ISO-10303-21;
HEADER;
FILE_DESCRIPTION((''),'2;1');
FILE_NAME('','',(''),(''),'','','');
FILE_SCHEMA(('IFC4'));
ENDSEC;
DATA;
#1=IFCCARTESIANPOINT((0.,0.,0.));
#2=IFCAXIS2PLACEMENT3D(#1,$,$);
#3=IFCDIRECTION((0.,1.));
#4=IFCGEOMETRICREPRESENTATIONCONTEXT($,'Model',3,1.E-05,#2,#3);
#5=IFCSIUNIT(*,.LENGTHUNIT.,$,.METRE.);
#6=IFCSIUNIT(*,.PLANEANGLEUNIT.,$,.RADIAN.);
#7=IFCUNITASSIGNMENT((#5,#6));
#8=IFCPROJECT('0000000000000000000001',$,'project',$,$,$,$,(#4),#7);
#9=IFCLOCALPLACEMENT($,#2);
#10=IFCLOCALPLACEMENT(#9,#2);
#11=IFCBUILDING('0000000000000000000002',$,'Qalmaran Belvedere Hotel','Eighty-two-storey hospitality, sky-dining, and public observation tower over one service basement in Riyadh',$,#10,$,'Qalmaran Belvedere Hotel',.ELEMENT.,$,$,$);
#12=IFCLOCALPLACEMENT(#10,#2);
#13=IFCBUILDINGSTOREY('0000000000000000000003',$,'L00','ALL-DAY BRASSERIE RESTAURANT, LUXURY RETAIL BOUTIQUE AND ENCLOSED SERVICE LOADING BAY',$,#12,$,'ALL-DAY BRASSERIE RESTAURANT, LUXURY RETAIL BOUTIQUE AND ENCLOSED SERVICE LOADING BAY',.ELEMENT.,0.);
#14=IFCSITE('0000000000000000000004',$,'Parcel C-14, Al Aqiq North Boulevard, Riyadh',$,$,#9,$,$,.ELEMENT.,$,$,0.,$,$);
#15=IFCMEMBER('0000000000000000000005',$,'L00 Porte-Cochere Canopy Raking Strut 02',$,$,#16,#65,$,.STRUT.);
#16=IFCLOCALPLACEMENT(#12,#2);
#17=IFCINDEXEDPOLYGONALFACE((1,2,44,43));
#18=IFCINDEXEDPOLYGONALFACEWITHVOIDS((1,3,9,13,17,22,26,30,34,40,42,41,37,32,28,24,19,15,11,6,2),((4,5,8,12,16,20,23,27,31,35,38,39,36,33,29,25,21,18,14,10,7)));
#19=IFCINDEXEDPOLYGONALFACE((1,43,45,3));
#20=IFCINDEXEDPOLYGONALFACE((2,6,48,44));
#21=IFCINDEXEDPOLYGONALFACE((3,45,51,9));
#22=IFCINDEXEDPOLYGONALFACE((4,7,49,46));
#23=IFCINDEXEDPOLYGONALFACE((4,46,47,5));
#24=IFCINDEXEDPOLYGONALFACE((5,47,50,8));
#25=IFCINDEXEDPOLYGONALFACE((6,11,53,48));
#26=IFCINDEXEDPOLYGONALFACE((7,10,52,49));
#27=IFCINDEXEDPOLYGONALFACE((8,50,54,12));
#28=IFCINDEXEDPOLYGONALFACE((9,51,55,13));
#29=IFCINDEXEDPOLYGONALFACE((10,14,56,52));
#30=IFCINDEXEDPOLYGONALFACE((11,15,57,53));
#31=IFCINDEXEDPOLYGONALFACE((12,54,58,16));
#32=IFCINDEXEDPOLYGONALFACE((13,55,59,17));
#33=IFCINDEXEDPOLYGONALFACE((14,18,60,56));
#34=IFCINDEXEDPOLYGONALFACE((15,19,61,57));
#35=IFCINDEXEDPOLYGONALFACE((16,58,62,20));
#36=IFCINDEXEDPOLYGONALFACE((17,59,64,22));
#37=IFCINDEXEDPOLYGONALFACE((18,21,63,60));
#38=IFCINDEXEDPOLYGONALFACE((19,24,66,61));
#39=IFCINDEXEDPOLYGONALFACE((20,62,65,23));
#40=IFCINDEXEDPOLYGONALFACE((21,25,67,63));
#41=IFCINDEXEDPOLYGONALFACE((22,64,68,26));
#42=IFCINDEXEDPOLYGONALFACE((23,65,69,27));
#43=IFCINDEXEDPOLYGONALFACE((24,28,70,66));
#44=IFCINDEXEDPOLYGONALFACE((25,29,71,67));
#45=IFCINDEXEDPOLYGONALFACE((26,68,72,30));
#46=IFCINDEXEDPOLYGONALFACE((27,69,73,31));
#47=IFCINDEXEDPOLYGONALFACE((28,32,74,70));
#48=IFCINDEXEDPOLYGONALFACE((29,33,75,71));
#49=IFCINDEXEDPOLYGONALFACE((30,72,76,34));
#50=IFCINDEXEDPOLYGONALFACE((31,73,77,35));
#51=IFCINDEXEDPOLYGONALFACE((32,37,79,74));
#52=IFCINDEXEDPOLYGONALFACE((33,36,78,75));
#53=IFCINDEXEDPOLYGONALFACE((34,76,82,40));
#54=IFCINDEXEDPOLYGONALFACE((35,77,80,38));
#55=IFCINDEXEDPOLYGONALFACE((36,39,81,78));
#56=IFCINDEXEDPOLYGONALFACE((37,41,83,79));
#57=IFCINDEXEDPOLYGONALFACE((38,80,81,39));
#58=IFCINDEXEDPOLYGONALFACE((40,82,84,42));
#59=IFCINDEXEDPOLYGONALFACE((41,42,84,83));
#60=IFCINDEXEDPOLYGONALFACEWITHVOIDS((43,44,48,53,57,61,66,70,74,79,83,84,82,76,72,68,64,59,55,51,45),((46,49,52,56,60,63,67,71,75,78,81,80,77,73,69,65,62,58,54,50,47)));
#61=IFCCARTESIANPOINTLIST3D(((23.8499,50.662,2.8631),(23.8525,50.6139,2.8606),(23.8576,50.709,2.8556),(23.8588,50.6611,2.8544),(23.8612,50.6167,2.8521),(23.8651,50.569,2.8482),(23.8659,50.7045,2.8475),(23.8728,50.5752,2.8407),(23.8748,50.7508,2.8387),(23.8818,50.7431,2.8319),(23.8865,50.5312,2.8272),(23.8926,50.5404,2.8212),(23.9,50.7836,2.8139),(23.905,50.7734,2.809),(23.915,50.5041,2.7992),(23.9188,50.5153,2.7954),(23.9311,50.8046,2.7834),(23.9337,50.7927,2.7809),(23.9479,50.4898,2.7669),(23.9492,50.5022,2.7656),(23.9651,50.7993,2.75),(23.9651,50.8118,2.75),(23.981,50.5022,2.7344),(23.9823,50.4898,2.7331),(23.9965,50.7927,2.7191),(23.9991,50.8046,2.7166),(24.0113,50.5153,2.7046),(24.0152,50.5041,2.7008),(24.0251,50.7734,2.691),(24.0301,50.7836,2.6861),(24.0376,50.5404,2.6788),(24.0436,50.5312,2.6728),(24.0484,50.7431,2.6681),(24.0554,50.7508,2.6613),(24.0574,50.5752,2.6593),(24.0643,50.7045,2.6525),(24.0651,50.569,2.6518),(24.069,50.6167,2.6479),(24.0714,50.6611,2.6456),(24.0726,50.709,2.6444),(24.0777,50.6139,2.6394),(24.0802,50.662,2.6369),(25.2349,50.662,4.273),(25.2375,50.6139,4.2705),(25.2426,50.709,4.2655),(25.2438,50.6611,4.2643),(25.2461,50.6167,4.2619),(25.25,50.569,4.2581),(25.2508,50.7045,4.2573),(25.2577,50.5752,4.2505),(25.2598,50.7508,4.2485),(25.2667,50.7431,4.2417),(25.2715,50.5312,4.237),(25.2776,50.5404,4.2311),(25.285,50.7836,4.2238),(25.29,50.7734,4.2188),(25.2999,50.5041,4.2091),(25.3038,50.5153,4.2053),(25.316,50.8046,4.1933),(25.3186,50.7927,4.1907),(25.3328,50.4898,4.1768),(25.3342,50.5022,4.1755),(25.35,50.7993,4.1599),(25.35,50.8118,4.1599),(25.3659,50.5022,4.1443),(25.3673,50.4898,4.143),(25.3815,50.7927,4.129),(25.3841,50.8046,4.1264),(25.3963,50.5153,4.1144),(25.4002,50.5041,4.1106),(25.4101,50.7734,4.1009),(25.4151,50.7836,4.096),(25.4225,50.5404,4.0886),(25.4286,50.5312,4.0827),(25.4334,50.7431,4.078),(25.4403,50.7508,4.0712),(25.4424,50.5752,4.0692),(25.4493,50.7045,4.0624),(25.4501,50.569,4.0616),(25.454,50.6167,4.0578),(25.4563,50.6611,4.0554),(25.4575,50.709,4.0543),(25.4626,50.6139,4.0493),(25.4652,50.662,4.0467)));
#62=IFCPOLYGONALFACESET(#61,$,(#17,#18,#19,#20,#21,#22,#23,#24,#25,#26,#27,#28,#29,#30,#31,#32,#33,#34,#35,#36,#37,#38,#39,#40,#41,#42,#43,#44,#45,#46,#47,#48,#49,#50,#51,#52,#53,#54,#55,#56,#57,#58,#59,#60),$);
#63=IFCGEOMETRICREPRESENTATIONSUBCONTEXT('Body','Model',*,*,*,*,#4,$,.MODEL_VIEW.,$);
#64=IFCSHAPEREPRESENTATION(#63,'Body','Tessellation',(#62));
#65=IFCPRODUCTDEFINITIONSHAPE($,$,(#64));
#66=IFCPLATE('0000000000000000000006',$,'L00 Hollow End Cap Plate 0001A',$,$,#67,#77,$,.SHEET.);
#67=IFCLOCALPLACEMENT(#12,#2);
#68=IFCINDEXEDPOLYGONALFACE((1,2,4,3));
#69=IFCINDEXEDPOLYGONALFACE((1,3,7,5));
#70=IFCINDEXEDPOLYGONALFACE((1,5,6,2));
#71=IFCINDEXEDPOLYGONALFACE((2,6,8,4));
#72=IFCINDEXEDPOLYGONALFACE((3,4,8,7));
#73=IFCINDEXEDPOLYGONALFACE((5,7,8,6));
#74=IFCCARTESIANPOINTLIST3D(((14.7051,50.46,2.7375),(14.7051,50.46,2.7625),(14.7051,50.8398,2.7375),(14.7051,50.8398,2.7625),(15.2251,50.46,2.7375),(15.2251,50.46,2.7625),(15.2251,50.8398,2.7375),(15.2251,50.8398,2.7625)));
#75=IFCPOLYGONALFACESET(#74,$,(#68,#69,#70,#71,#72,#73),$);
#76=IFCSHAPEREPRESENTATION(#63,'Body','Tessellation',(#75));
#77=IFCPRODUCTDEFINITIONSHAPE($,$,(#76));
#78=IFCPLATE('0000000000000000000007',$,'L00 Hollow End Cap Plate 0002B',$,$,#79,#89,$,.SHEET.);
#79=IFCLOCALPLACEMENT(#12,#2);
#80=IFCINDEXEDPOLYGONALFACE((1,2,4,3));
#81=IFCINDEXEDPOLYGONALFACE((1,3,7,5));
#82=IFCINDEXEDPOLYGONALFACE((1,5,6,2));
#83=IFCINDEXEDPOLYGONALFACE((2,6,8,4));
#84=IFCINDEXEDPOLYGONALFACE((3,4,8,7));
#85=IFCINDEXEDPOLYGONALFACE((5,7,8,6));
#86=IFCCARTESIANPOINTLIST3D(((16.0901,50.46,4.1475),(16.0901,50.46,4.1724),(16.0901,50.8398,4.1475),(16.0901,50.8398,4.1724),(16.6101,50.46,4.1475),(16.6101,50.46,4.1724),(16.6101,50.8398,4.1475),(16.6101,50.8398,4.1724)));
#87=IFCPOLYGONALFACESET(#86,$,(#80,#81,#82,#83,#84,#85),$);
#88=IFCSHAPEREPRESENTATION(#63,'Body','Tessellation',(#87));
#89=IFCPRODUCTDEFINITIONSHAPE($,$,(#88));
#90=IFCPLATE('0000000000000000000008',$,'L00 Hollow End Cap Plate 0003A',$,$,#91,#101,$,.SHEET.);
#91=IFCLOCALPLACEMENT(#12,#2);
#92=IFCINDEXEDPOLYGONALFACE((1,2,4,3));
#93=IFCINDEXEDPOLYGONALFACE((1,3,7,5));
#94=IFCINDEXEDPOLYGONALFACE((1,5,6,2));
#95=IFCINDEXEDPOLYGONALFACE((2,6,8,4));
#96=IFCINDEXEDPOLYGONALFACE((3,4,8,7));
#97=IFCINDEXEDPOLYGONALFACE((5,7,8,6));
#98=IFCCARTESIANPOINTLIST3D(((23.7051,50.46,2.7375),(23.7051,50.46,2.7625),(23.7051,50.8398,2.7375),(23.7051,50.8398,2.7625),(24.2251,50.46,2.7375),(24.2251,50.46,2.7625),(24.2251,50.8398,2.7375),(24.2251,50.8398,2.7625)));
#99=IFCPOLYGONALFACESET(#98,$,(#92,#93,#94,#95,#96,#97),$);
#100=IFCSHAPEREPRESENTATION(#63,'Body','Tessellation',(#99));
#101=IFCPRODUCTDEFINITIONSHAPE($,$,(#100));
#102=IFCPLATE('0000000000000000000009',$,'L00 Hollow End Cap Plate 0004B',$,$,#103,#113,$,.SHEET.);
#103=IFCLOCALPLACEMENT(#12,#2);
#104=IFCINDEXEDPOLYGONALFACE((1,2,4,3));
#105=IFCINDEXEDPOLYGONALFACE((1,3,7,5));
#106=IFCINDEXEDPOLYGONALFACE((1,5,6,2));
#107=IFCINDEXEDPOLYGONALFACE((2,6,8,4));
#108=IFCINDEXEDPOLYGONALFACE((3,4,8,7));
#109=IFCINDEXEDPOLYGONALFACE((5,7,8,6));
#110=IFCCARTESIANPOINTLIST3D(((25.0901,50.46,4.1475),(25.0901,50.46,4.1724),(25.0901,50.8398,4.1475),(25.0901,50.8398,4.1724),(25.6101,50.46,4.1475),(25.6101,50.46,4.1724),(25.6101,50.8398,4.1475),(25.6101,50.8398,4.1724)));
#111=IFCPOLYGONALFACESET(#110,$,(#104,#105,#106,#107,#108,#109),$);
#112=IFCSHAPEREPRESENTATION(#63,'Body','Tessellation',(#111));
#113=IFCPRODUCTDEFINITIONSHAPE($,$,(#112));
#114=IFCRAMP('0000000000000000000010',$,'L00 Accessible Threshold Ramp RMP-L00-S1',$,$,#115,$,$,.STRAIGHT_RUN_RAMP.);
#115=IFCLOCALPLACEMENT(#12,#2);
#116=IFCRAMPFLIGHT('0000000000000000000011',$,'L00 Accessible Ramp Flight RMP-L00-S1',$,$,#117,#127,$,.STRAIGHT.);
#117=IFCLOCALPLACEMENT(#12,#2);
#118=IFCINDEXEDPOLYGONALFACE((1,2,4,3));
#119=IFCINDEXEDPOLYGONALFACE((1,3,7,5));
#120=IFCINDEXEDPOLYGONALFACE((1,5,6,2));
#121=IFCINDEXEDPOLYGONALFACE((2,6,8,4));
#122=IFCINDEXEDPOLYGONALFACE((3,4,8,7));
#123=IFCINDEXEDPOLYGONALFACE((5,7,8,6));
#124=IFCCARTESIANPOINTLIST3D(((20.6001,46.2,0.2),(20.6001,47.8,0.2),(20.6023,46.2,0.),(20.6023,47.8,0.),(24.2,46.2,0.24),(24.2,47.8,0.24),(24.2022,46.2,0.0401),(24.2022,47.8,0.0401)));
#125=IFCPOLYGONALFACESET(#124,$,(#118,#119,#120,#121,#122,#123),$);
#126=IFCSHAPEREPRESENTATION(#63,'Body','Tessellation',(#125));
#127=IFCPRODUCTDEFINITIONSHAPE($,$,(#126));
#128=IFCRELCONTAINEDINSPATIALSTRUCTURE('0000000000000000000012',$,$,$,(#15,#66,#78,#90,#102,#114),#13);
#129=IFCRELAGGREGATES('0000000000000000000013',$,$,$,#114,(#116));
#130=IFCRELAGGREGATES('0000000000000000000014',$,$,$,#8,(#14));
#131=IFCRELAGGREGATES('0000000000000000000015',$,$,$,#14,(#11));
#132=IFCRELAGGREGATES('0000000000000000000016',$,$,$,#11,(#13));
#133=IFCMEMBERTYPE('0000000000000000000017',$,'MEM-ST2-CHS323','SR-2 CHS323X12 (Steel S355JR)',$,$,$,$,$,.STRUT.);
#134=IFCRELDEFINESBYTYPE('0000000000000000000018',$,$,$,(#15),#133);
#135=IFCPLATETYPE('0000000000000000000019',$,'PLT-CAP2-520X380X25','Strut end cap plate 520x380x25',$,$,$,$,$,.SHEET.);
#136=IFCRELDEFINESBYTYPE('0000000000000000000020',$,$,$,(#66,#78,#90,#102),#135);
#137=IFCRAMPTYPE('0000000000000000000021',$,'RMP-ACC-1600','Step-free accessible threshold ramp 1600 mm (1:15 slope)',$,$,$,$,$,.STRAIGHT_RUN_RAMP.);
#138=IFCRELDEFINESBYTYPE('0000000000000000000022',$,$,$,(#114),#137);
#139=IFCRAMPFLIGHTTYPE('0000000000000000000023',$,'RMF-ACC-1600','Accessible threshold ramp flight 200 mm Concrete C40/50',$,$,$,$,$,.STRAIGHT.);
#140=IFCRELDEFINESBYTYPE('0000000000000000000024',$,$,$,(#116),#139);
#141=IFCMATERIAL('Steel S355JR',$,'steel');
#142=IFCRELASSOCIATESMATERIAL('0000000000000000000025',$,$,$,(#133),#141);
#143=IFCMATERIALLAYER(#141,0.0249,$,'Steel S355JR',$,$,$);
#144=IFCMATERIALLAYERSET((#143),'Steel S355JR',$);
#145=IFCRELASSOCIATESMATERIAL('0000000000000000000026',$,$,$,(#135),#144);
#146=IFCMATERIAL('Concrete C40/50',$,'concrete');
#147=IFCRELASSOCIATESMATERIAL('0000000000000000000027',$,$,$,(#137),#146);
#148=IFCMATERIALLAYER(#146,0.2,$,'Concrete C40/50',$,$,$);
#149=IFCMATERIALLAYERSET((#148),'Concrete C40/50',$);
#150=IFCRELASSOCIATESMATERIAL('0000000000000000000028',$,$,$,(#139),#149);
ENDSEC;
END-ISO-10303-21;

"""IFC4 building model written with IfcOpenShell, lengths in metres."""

from ifc_helpers import new_model, si_unit, direction, frame, origin, origin_2d, place, context, subcontext, project, spatial, polyline, rectangle, hollow_circle, outline, extrude, material, layer, layer_set, material_profile, profile_set, type_object, element, aggregate, save


model = new_model("IFC4")

# Units and contexts
model_context = context("Model", 3, precision=1e-05, world=origin(), true_north=direction((0.0, 1.0)))
body_context = subcontext(model_context, "Body", "Model", "MODEL_VIEW")
ifc_project = project(units=[si_unit("LENGTHUNIT", "METRE"), si_unit("PLANEANGLEUNIT", "RADIAN")], contexts=[model_context])

# Site, building, storey
site_placement = place(None, origin())
site = spatial("IfcSite", under=ifc_project, at=site_placement, Name="Parcel C-14, Al Aqiq North Boulevard, Riyadh", CompositionType="ELEMENT", RefElevation=0.0)
building_placement = place(site_placement, origin())
building = spatial("IfcBuilding", under=site, at=building_placement, Name="Qalmaran Belvedere Hotel", Description="Eighty-two-storey hospitality, sky-dining, and public observation tower over one service basement in Riyadh", LongName="Qalmaran Belvedere Hotel", CompositionType="ELEMENT")
storey_placement = place(building_placement, origin())
storey = spatial("IfcBuildingStorey", under=building, at=storey_placement, Name="L00", Description="ALL-DAY BRASSERIE RESTAURANT, LUXURY RETAIL BOUTIQUE AND ENCLOSED SERVICE LOADING BAY", LongName="ALL-DAY BRASSERIE RESTAURANT, LUXURY RETAIL BOUTIQUE AND ENCLOSED SERVICE LOADING BAY", CompositionType="ELEMENT", Elevation=0.0)

# Shared definitions
ifc_material_1 = material(Name="Steel S355JR", Category="steel")

# Member
ifc_material_profile_1 = material_profile(ifc_material_1, hollow_circle(Radius=0.1619, WallThickness=0.0125, at=origin_2d()), Name="CHS323X12")
ifc_profile_set_1 = profile_set([ifc_material_profile_1], Name="Steel S355JR")
member_type_1 = type_object("IfcMemberType", Name="MEM-ST2-CHS323", Description="SR-2 CHS323X12 (Steel S355JR)", PredefinedType="STRUT", material=ifc_profile_set_1)
member_1_placement = place(storey_placement, frame((23.9651, 50.6499, 2.75), z_axis=(0.700779, 0.0, 0.713379), x_axis=(0.0, 1.0, 0.0)))
element("IfcMember", 1, at=member_1_placement, inside=storey, type_object=member_type_1, Name="L00 Porte-Cochere Canopy Raking Strut 02", PredefinedType="STRUT", context=body_context, shape_type="SweptSolid", body=[
    extrude(hollow_circle(Radius=0.1619, WallThickness=0.0125, at=origin_2d()), origin(), (0.0, 0.0, 1.0), 1.9763),
])

# Plates
ifc_layer_1 = layer(ifc_material_1, 0.0249, Name="Steel S355JR")
ifc_layer_set_1 = layer_set([ifc_layer_1], Name="Steel S355JR")
plate_type = type_object("IfcPlateType", Name="PLT-CAP2-520X380X25", Description="Strut end cap plate 520x380x25", PredefinedType="SHEET", material=ifc_layer_set_1)
for number, where, z_axis, x_axis, name in (
    (2, (14.9651, 50.6499, 2.7375), (0.0, 0.0, 1.0), (1.0, 0.0, 0.0), "L00 Hollow End Cap Plate 0001A"),
    (3, (16.3501, 50.6499, 4.1475), (0.0, 0.0, 1.0), (1.0, 0.0, 0.0), "L00 Hollow End Cap Plate 0002B"),
    (4, (23.9651, 50.6499, 2.7375), (0.0, 0.0, 1.0), (1.0, 0.0, 0.0), "L00 Hollow End Cap Plate 0003A"),
    (5, (25.3501, 50.6499, 4.1475), (0.0, 0.0, 1.0), (1.0, 0.0, 0.0), "L00 Hollow End Cap Plate 0004B"),
):
    element("IfcPlate", number, at=place(storey_placement, frame(where, z_axis=z_axis, x_axis=x_axis)), inside=storey, type_object=plate_type, Name=name, PredefinedType="SHEET", context=body_context, shape_type="SweptSolid", body=[
        extrude(rectangle(XDim=0.52, YDim=0.3799, at=origin_2d()), origin(), (0.0, 0.0, 1.0), 0.0249),
    ])

# Ramp, ramp flight
ifc_material_2 = material(Name="Concrete C40/50", Category="concrete")
ramp_type = type_object("IfcRampType", Name="RMP-ACC-1600", Description="Step-free accessible threshold ramp 1600 mm (1:15 slope)", PredefinedType="STRAIGHT_RUN_RAMP", material=ifc_material_2)
ramp_placement = place(storey_placement, origin())
ramp = element("IfcRamp", 6, at=ramp_placement, inside=storey, type_object=ramp_type, Name="L00 Accessible Threshold Ramp RMP-L00-S1", PredefinedType="STRAIGHT_RUN_RAMP")
ifc_layer_2 = layer(ifc_material_2, 0.2, Name="Concrete C40/50")
ifc_layer_set_2 = layer_set([ifc_layer_2], Name="Concrete C40/50")
ramp_flight_type = type_object("IfcRampFlightType", Name="RMF-ACC-1600", Description="Accessible threshold ramp flight 200 mm Concrete C40/50", PredefinedType="STRAIGHT", material=ifc_layer_set_2)
ramp_flight_placement = place(storey_placement, frame((20.6001, 46.2, 0.2), z_axis=(-0.011122, 0.0, 0.999938), x_axis=(0.999938, 0.0, 0.011122)))
ramp_flight = element("IfcRampFlight", 7, at=ramp_flight_placement, type_object=ramp_flight_type, Name="L00 Accessible Ramp Flight RMP-L00-S1", PredefinedType="STRAIGHT", context=body_context, shape_type="SweptSolid", body=[
    extrude(outline(polyline([(0.0, 0.0), (3.6001, 0.0), (3.6001, 1.6001), (0.0, 1.6001), (0.0, 0.0)])), origin(), (0.0, 0.0, -1.0), 0.2),
])
aggregate(ramp, [ramp_flight])

save(model, "model.ifc")
